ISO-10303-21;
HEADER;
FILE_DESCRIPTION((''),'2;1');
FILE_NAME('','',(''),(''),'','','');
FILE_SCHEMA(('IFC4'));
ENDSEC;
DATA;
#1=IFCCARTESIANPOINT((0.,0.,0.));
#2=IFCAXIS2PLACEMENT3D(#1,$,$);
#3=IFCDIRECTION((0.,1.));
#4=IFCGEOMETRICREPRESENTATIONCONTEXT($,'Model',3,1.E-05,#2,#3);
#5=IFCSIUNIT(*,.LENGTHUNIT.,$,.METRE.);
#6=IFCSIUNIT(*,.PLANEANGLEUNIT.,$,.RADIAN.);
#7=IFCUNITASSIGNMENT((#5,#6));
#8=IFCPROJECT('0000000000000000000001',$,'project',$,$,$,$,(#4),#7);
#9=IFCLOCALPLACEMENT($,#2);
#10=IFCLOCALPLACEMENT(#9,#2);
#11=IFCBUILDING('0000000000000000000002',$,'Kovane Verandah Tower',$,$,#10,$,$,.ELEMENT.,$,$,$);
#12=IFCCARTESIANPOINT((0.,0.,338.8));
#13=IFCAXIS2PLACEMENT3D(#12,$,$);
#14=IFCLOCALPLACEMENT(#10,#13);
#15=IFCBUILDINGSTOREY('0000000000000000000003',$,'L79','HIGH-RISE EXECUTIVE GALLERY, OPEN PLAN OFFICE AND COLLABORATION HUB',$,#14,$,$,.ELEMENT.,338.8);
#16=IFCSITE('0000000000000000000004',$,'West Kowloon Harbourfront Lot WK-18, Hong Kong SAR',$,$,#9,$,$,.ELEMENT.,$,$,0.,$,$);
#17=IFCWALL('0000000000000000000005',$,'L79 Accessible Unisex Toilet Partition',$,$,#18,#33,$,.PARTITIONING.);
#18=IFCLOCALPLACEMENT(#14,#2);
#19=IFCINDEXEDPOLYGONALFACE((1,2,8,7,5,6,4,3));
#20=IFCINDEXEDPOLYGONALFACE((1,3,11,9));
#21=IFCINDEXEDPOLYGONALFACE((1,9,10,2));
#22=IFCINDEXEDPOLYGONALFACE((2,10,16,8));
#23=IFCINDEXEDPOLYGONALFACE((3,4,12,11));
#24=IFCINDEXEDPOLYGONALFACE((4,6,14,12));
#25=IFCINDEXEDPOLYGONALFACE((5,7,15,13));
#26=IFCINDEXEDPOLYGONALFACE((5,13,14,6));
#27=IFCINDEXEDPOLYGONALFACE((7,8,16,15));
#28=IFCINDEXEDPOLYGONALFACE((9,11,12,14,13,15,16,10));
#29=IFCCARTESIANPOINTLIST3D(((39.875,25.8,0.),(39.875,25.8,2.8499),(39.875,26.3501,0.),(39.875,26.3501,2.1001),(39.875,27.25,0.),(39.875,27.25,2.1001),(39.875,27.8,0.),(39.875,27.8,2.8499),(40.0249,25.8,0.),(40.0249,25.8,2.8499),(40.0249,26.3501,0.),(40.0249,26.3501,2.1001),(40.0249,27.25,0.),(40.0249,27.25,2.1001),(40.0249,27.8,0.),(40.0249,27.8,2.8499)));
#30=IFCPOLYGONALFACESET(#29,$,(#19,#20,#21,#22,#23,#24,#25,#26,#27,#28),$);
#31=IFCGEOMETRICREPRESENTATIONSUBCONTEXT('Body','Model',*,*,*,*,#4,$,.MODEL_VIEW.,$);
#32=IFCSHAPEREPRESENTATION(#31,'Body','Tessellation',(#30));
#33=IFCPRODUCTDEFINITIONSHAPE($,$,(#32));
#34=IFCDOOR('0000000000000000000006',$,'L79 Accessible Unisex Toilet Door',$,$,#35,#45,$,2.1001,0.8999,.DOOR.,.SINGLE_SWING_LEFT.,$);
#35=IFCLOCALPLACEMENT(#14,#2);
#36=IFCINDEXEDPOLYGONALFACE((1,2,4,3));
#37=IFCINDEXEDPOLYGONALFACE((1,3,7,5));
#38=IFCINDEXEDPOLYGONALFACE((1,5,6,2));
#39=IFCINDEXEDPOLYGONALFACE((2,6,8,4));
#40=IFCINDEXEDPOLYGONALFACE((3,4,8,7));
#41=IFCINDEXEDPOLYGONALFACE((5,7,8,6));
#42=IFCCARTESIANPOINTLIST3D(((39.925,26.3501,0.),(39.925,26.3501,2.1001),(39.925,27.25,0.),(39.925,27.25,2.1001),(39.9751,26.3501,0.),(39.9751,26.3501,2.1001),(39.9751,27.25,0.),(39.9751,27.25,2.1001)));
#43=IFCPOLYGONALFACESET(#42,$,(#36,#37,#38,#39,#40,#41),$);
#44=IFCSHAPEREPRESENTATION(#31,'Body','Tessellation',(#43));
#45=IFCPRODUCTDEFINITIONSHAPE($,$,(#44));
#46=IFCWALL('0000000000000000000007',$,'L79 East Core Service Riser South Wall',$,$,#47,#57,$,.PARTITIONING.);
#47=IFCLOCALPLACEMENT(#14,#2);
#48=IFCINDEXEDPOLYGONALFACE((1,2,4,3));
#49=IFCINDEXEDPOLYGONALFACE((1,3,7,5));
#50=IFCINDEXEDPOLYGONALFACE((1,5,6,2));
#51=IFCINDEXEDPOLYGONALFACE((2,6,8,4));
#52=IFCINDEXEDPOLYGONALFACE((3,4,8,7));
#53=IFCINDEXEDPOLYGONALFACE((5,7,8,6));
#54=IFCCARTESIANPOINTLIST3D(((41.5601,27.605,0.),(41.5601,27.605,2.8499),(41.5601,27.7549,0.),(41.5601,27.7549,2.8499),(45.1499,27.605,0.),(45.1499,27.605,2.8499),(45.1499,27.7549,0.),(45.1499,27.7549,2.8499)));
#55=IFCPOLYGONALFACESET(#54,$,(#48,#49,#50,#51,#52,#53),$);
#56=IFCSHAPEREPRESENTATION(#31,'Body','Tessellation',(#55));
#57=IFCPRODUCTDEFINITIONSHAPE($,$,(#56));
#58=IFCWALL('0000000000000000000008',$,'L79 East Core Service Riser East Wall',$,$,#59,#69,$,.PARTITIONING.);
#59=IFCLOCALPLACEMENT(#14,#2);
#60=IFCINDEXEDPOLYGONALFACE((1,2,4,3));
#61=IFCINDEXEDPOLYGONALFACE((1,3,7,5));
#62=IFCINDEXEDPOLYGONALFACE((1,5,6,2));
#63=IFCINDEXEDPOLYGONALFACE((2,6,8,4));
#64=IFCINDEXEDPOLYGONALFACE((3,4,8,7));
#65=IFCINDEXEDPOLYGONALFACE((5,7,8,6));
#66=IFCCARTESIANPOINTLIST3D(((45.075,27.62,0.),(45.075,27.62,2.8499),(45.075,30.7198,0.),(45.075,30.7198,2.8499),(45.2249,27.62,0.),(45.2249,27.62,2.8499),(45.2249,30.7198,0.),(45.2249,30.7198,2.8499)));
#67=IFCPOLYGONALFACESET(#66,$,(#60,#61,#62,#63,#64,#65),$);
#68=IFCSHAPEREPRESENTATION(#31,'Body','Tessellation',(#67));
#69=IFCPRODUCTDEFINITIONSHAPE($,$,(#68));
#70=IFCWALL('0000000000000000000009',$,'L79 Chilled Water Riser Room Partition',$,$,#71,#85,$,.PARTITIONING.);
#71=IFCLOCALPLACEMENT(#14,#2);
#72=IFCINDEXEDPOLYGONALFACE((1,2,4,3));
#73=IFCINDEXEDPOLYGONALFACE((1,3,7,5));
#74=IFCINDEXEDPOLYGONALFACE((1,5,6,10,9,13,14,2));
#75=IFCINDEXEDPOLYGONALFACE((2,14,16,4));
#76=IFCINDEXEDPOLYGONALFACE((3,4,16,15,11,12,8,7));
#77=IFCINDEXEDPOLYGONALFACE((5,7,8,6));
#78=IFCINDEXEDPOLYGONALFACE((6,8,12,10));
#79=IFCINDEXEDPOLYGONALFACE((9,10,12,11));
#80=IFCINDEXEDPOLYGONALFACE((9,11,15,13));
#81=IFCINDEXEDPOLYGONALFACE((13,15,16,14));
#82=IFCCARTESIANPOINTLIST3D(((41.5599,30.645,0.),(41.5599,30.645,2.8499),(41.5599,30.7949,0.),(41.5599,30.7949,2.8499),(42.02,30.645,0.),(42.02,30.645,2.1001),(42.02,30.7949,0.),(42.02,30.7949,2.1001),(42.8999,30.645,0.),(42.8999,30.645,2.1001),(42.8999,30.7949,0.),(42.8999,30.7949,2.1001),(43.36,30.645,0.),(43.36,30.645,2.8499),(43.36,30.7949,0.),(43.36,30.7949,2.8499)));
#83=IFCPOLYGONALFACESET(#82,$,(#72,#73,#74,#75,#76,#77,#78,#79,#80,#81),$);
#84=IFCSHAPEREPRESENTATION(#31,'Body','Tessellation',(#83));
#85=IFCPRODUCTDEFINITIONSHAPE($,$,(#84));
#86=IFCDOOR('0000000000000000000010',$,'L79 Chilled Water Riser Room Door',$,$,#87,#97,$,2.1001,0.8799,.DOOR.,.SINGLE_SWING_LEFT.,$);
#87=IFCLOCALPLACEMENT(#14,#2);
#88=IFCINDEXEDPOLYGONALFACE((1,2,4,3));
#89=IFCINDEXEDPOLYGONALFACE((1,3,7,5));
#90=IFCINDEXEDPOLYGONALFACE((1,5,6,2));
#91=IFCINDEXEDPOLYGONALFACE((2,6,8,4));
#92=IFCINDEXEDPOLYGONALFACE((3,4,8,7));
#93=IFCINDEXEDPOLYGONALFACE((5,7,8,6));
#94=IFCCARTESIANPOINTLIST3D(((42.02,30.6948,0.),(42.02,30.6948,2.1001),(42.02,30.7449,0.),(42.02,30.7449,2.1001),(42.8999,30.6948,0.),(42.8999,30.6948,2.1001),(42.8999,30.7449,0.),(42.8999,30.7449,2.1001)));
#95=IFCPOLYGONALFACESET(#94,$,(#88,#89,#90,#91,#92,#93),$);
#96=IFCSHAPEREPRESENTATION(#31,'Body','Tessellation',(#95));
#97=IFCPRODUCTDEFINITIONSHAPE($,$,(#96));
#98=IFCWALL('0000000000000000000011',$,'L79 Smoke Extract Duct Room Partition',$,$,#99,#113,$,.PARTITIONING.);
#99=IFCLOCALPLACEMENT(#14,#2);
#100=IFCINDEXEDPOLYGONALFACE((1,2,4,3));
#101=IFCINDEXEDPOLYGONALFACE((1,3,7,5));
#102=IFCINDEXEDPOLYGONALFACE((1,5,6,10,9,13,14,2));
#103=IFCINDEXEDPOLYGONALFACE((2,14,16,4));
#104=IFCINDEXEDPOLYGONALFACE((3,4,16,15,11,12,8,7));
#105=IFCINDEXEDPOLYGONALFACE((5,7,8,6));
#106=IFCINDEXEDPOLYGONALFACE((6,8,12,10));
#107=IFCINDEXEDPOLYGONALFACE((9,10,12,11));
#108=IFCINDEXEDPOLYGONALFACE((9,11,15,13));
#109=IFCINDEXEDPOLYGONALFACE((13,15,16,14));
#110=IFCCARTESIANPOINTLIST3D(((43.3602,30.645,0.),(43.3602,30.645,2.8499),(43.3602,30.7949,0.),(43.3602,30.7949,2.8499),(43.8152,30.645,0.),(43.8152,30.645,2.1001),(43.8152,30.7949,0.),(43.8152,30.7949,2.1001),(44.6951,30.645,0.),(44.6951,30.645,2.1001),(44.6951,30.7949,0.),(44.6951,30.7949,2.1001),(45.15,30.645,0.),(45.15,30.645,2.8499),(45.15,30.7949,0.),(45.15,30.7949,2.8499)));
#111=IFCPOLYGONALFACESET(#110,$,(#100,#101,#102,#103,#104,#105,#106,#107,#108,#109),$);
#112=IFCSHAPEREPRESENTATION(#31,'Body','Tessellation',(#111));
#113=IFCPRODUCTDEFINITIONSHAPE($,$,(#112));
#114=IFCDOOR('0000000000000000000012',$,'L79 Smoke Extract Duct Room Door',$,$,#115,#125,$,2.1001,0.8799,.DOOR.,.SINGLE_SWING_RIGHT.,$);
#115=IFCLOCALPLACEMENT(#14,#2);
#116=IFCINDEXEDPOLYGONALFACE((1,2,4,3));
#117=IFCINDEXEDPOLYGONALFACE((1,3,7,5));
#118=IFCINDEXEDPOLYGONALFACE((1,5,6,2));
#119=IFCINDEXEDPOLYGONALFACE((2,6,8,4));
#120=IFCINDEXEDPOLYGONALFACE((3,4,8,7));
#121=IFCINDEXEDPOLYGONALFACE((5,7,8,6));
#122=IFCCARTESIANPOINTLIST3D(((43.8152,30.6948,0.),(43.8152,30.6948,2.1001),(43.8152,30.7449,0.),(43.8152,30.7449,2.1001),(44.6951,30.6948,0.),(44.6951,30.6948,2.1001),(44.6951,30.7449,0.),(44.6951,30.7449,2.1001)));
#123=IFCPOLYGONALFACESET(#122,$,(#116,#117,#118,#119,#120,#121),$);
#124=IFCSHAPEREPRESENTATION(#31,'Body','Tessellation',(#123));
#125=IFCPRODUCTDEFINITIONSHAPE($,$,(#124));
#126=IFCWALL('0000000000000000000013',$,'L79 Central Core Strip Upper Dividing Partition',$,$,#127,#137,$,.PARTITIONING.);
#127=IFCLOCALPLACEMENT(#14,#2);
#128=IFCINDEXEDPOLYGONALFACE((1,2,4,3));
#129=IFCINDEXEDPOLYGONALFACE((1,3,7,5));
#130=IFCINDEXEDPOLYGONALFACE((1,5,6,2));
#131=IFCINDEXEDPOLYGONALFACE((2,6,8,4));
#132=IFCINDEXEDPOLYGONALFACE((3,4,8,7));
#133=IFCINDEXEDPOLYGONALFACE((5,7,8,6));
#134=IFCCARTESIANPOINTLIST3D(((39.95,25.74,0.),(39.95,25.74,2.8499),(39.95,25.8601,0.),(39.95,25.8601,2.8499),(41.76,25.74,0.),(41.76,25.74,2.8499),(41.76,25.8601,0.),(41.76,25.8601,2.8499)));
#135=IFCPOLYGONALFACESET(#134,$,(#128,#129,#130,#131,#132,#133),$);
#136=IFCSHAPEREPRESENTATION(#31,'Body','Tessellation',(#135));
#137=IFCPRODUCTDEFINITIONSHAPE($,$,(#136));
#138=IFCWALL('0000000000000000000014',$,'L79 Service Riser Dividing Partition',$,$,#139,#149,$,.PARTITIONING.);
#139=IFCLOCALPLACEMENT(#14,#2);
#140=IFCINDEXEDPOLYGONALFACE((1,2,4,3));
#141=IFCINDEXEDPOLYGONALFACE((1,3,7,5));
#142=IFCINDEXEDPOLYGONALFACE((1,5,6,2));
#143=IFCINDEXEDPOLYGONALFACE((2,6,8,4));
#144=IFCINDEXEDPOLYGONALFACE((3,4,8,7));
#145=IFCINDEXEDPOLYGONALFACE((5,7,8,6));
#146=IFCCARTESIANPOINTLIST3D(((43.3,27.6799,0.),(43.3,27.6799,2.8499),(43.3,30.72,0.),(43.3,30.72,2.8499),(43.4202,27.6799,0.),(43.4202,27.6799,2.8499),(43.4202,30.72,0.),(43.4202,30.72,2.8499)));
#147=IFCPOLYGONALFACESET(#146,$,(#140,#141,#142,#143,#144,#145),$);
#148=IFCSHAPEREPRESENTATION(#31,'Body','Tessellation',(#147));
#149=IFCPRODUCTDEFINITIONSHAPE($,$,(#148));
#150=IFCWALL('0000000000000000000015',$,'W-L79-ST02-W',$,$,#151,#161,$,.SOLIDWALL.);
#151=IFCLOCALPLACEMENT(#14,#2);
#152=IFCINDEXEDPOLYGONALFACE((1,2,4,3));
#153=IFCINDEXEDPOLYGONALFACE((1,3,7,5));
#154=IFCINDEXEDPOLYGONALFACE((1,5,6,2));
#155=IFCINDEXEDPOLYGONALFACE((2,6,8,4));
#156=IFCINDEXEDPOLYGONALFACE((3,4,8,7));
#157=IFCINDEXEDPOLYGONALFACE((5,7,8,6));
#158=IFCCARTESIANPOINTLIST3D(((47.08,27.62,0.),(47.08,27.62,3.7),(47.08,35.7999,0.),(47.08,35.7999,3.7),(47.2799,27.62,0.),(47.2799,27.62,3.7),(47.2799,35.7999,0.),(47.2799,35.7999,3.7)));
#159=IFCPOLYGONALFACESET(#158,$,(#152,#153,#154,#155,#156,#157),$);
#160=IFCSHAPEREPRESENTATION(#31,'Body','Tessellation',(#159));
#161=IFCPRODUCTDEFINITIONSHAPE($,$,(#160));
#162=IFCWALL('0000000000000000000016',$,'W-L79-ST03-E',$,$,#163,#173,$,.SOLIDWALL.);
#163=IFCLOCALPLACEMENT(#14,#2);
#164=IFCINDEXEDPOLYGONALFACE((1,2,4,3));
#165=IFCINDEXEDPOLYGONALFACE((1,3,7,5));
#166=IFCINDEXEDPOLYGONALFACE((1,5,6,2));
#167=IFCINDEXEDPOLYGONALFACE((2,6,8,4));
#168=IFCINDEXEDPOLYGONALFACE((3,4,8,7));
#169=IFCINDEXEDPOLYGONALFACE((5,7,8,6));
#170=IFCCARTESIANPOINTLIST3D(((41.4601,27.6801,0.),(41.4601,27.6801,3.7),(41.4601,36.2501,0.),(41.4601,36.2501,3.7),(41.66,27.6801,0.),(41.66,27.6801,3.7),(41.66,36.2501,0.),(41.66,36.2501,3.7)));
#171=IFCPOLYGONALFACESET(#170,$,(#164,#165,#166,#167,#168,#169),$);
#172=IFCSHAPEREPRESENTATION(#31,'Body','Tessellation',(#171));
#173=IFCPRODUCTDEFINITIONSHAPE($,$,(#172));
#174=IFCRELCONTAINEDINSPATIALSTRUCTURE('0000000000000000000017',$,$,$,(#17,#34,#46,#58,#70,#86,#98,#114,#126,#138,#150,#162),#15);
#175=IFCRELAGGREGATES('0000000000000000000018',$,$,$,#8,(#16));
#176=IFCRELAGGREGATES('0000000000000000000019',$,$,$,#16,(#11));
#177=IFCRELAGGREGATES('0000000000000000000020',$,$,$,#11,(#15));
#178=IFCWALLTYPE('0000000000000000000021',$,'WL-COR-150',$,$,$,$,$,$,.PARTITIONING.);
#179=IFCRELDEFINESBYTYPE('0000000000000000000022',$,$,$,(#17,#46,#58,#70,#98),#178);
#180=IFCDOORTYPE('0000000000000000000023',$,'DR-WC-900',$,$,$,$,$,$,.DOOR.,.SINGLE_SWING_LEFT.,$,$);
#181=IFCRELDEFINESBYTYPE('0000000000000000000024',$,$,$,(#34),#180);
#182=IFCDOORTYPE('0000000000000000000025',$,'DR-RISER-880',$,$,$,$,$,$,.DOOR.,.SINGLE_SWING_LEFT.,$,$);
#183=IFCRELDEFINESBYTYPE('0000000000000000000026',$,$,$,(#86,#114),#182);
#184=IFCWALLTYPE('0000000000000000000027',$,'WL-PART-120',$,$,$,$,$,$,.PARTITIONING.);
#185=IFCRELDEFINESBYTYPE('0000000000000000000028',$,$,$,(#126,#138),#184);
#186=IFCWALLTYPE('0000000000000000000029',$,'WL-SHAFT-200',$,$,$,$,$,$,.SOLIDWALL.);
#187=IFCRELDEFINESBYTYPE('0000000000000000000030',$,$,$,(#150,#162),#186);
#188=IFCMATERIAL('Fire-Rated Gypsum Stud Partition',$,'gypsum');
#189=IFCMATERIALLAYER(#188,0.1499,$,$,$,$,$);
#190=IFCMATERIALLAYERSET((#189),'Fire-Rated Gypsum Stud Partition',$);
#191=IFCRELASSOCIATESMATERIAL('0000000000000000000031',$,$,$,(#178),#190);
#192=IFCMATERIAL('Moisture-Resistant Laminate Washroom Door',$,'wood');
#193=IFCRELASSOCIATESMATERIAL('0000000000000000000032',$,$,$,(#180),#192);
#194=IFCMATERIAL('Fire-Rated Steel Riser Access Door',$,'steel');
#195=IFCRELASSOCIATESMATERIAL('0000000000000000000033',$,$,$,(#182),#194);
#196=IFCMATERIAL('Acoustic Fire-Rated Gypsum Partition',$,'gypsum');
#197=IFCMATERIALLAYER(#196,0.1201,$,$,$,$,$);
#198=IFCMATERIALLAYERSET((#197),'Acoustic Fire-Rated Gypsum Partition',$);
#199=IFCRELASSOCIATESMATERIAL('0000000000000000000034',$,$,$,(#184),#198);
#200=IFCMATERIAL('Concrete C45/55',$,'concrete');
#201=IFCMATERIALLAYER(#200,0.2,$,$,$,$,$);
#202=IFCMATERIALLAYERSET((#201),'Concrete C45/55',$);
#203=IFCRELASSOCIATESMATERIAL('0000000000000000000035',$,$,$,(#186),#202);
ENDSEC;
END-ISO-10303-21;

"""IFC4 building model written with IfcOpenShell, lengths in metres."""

from ifc_helpers import new_model, si_unit, direction, frame, frame_2d, origin, place, context, subcontext, project, spatial, rectangle, extrude, material, layer, layer_set, type_object, element, fill, save


model = new_model("IFC4")

# Units and contexts
model_context = context("Model", 3, precision=1e-05, world=origin(), true_north=direction((0.0, 1.0)))
body_context = subcontext(model_context, "Body", "Model", "MODEL_VIEW")
ifc_project = project(units=[si_unit("LENGTHUNIT", "METRE"), si_unit("PLANEANGLEUNIT", "RADIAN")], contexts=[model_context])

# Site, building, storey
site_placement = place(None, origin())
site = spatial("IfcSite", under=ifc_project, at=site_placement, Name="West Kowloon Harbourfront Lot WK-18, Hong Kong SAR", CompositionType="ELEMENT", RefElevation=0.0)
building_placement = place(site_placement, origin())
building = spatial("IfcBuilding", under=site, at=building_placement, Name="Kovane Verandah Tower", CompositionType="ELEMENT")
storey_placement = place(building_placement, frame((0.0, 0.0, 338.8)))
storey = spatial("IfcBuildingStorey", under=building, at=storey_placement, Name="L79", Description="HIGH-RISE EXECUTIVE GALLERY, OPEN PLAN OFFICE AND COLLABORATION HUB", CompositionType="ELEMENT", Elevation=338.8)

# Wall, opening, door
ifc_material_1 = material(Name="Fire-Rated Gypsum Stud Partition", Category="gypsum")
ifc_layer_1 = layer(ifc_material_1, 0.1499)
ifc_layer_set_1 = layer_set([ifc_layer_1], Name="Fire-Rated Gypsum Stud Partition")
wall_type_1 = type_object("IfcWallType", Name="WL-COR-150", PredefinedType="PARTITIONING", material=ifc_layer_set_1)
wall_1_placement = place(storey_placement, frame((39.95, 25.8, 0.0), z_axis=(0.0, 0.0, 1.0), x_axis=(0.0, 1.0, 0.0)))
wall_1 = element("IfcWall", 1, at=wall_1_placement, inside=storey, type_object=wall_type_1, Name="L79 Accessible Unisex Toilet Partition", PredefinedType="PARTITIONING", context=body_context, shape_type="SweptSolid", body=[
    extrude(rectangle(XDim=2.0, YDim=0.1499, at=frame_2d((1.0, 0.0))), origin(), (0.0, 0.0, 1.0), 2.8499),
])
opening_1_placement = place(wall_1_placement, frame((0.55, 0.0, 0.0)))
opening_1 = element("IfcOpeningElement", 2, at=opening_1_placement, cuts=wall_1, PredefinedType="OPENING", context=body_context, shape_type="SweptSolid", body=[
    extrude(rectangle(XDim=0.8999, YDim=2.1001, at=frame_2d((0.45, 1.05))), frame((0.0, 0.075, 0.0), z_axis=(0.0, -1.0, 0.0), x_axis=(1.0, 0.0, 0.0)), (0.0, 0.0, 1.0), 0.1499),
])
ifc_material_2 = material(Name="Moisture-Resistant Laminate Washroom Door", Category="wood")
door_type_1 = type_object("IfcDoorType", Name="DR-WC-900", OperationType="SINGLE_SWING_LEFT", PredefinedType="DOOR", material=ifc_material_2)
door_1_placement = place(opening_1_placement, origin())
door_1 = element("IfcDoor", 3, at=door_1_placement, inside=storey, type_object=door_type_1, Name="L79 Accessible Unisex Toilet Door", OperationType="SINGLE_SWING_LEFT", OverallHeight=2.1001, OverallWidth=0.8999, PredefinedType="DOOR", context=body_context, shape_type="SweptSolid", body=[
    extrude(rectangle(XDim=0.8999, YDim=2.1001, at=frame_2d((0.45, 1.05))), frame((0.0, 0.0249, 0.0), z_axis=(0.0, -1.0, 0.0), x_axis=(1.0, 0.0, 0.0)), (0.0, 0.0, 1.0), 0.05),
])
fill(opening_1, door_1)

# Walls
wall_2_placement = place(storey_placement, frame((41.5601, 27.6799, 0.0), z_axis=(0.0, 0.0, 1.0), x_axis=(1.0, 0.0, 0.0)))
element("IfcWall", 4, at=wall_2_placement, inside=storey, type_object=wall_type_1, Name="L79 East Core Service Riser South Wall", PredefinedType="PARTITIONING", context=body_context, shape_type="SweptSolid", body=[
    extrude(rectangle(XDim=3.5898, YDim=0.1499, at=frame_2d((1.7949, 0.0))), origin(), (0.0, 0.0, 1.0), 2.8499),
])
wall_3_placement = place(storey_placement, frame((45.1499, 27.6201, 0.0), z_axis=(0.0, 0.0, 1.0), x_axis=(0.0, 1.0, 0.0)))
element("IfcWall", 5, at=wall_3_placement, inside=storey, type_object=wall_type_1, Name="L79 East Core Service Riser East Wall", PredefinedType="PARTITIONING", context=body_context, shape_type="SweptSolid", body=[
    extrude(rectangle(XDim=3.0999, YDim=0.1499, at=frame_2d((1.5498, 0.0))), origin(), (0.0, 0.0, 1.0), 2.8499),
])

# Walls, openings, doors
wall_4_placement = place(storey_placement, frame((41.5601, 30.72, 0.0), z_axis=(0.0, 0.0, 1.0), x_axis=(1.0, 0.0, 0.0)))
wall_4 = element("IfcWall", 6, at=wall_4_placement, inside=storey, type_object=wall_type_1, Name="L79 Chilled Water Riser Room Partition", PredefinedType="PARTITIONING", context=body_context, shape_type="SweptSolid", body=[
    extrude(rectangle(XDim=1.8, YDim=0.1499, at=frame_2d((0.8999, 0.0))), origin(), (0.0, 0.0, 1.0), 2.8499),
])
opening_2_placement = place(wall_4_placement, frame((0.46, 0.0, 0.0)))
opening_2 = element("IfcOpeningElement", 7, at=opening_2_placement, cuts=wall_4, PredefinedType="OPENING", context=body_context, shape_type="SweptSolid", body=[
    extrude(rectangle(XDim=0.8799, YDim=2.1001, at=frame_2d((0.4399, 1.05))), frame((0.0, 0.075, 0.0), z_axis=(0.0, -1.0, 0.0), x_axis=(1.0, 0.0, 0.0)), (0.0, 0.0, 1.0), 0.1499),
])
ifc_material_3 = material(Name="Fire-Rated Steel Riser Access Door", Category="steel")
door_type_2 = type_object("IfcDoorType", Name="DR-RISER-880", OperationType="SINGLE_SWING_LEFT", PredefinedType="DOOR", material=ifc_material_3)
door_2_placement = place(opening_2_placement, origin())
door_2 = element("IfcDoor", 8, at=door_2_placement, inside=storey, type_object=door_type_2, Name="L79 Chilled Water Riser Room Door", OperationType="SINGLE_SWING_LEFT", OverallHeight=2.1001, OverallWidth=0.8799, PredefinedType="DOOR", context=body_context, shape_type="SweptSolid", body=[
    extrude(rectangle(XDim=0.8799, YDim=2.1001, at=frame_2d((0.4399, 1.05))), frame((0.0, 0.0249, 0.0), z_axis=(0.0, -1.0, 0.0), x_axis=(1.0, 0.0, 0.0)), (0.0, 0.0, 1.0), 0.05),
])
fill(opening_2, door_2)
wall_5_placement = place(storey_placement, frame((43.3601, 30.72, 0.0), z_axis=(0.0, 0.0, 1.0), x_axis=(1.0, 0.0, 0.0)))
wall_5 = element("IfcWall", 9, at=wall_5_placement, inside=storey, type_object=wall_type_1, Name="L79 Smoke Extract Duct Room Partition", PredefinedType="PARTITIONING", context=body_context, shape_type="SweptSolid", body=[
    extrude(rectangle(XDim=1.7898, YDim=0.1499, at=frame_2d((0.895, 0.0))), origin(), (0.0, 0.0, 1.0), 2.8499),
])
opening_3_placement = place(wall_5_placement, frame((0.4551, 0.0, 0.0)))
opening_3 = element("IfcOpeningElement", 10, at=opening_3_placement, cuts=wall_5, PredefinedType="OPENING", context=body_context, shape_type="SweptSolid", body=[
    extrude(rectangle(XDim=0.8799, YDim=2.1001, at=frame_2d((0.4399, 1.05))), frame((0.0, 0.075, 0.0), z_axis=(0.0, -1.0, 0.0), x_axis=(1.0, 0.0, 0.0)), (0.0, 0.0, 1.0), 0.1499),
])
door_3_placement = place(opening_3_placement, origin())
door_3 = element("IfcDoor", 11, at=door_3_placement, inside=storey, type_object=door_type_2, Name="L79 Smoke Extract Duct Room Door", OperationType="SINGLE_SWING_RIGHT", OverallHeight=2.1001, OverallWidth=0.8799, PredefinedType="DOOR", context=body_context, shape_type="SweptSolid", body=[
    extrude(rectangle(XDim=0.8799, YDim=2.1001, at=frame_2d((0.4399, 1.05))), frame((0.0, 0.0249, 0.0), z_axis=(0.0, -1.0, 0.0), x_axis=(1.0, 0.0, 0.0)), (0.0, 0.0, 1.0), 0.05),
])
fill(opening_3, door_3)

# Walls
ifc_material_4 = material(Name="Acoustic Fire-Rated Gypsum Partition", Category="gypsum")
ifc_layer_2 = layer(ifc_material_4, 0.1201)
ifc_layer_set_2 = layer_set([ifc_layer_2], Name="Acoustic Fire-Rated Gypsum Partition")
wall_type_2 = type_object("IfcWallType", Name="WL-PART-120", PredefinedType="PARTITIONING", material=ifc_layer_set_2)
wall_6_placement = place(storey_placement, frame((39.95, 25.8, 0.0), z_axis=(0.0, 0.0, 1.0), x_axis=(1.0, 0.0, 0.0)))
element("IfcWall", 12, at=wall_6_placement, inside=storey, type_object=wall_type_2, Name="L79 Central Core Strip Upper Dividing Partition", PredefinedType="PARTITIONING", context=body_context, shape_type="SweptSolid", body=[
    extrude(rectangle(XDim=1.8101, YDim=0.1201, at=frame_2d((0.905, 0.0))), origin(), (0.0, 0.0, 1.0), 2.8499),
])
wall_7_placement = place(storey_placement, frame((43.3601, 27.6799, 0.0), z_axis=(0.0, 0.0, 1.0), x_axis=(0.0, 1.0, 0.0)))
element("IfcWall", 13, at=wall_7_placement, inside=storey, type_object=wall_type_2, Name="L79 Service Riser Dividing Partition", PredefinedType="PARTITIONING", context=body_context, shape_type="SweptSolid", body=[
    extrude(rectangle(XDim=3.04, YDim=0.1201, at=frame_2d((1.52, 0.0))), origin(), (0.0, 0.0, 1.0), 2.8499),
])
ifc_material_5 = material(Name="Concrete C45/55", Category="concrete")
ifc_layer_3 = layer(ifc_material_5, 0.2)
ifc_layer_set_3 = layer_set([ifc_layer_3], Name="Concrete C45/55")
wall_type_3 = type_object("IfcWallType", Name="WL-SHAFT-200", PredefinedType="SOLIDWALL", material=ifc_layer_set_3)
wall_8_placement = place(storey_placement, frame((47.1799, 27.6201, 0.0), z_axis=(0.0, 0.0, 1.0), x_axis=(0.0, 1.0, 0.0)))
element("IfcWall", 14, at=wall_8_placement, inside=storey, type_object=wall_type_3, Name="W-L79-ST02-W", PredefinedType="SOLIDWALL", context=body_context, shape_type="SweptSolid", body=[
    extrude(rectangle(XDim=8.1799, YDim=0.2, at=frame_2d((4.0898, 0.0))), origin(), (0.0, 0.0, 1.0), 3.7),
])

# Wall
wall_9_placement = place(storey_placement, frame((41.5601, 27.6799, 0.0), z_axis=(0.0, 0.0, 1.0), x_axis=(0.0, 1.0, 0.0)))
element("IfcWall", 15, at=wall_9_placement, inside=storey, type_object=wall_type_3, Name="W-L79-ST03-E", PredefinedType="SOLIDWALL", context=body_context, shape_type="SweptSolid", body=[
    extrude(rectangle(XDim=8.5701, YDim=0.2, at=frame_2d((4.2852, 0.0))), origin(), (0.0, 0.0, 1.0), 3.7),
])

save(model, "model.ifc")
